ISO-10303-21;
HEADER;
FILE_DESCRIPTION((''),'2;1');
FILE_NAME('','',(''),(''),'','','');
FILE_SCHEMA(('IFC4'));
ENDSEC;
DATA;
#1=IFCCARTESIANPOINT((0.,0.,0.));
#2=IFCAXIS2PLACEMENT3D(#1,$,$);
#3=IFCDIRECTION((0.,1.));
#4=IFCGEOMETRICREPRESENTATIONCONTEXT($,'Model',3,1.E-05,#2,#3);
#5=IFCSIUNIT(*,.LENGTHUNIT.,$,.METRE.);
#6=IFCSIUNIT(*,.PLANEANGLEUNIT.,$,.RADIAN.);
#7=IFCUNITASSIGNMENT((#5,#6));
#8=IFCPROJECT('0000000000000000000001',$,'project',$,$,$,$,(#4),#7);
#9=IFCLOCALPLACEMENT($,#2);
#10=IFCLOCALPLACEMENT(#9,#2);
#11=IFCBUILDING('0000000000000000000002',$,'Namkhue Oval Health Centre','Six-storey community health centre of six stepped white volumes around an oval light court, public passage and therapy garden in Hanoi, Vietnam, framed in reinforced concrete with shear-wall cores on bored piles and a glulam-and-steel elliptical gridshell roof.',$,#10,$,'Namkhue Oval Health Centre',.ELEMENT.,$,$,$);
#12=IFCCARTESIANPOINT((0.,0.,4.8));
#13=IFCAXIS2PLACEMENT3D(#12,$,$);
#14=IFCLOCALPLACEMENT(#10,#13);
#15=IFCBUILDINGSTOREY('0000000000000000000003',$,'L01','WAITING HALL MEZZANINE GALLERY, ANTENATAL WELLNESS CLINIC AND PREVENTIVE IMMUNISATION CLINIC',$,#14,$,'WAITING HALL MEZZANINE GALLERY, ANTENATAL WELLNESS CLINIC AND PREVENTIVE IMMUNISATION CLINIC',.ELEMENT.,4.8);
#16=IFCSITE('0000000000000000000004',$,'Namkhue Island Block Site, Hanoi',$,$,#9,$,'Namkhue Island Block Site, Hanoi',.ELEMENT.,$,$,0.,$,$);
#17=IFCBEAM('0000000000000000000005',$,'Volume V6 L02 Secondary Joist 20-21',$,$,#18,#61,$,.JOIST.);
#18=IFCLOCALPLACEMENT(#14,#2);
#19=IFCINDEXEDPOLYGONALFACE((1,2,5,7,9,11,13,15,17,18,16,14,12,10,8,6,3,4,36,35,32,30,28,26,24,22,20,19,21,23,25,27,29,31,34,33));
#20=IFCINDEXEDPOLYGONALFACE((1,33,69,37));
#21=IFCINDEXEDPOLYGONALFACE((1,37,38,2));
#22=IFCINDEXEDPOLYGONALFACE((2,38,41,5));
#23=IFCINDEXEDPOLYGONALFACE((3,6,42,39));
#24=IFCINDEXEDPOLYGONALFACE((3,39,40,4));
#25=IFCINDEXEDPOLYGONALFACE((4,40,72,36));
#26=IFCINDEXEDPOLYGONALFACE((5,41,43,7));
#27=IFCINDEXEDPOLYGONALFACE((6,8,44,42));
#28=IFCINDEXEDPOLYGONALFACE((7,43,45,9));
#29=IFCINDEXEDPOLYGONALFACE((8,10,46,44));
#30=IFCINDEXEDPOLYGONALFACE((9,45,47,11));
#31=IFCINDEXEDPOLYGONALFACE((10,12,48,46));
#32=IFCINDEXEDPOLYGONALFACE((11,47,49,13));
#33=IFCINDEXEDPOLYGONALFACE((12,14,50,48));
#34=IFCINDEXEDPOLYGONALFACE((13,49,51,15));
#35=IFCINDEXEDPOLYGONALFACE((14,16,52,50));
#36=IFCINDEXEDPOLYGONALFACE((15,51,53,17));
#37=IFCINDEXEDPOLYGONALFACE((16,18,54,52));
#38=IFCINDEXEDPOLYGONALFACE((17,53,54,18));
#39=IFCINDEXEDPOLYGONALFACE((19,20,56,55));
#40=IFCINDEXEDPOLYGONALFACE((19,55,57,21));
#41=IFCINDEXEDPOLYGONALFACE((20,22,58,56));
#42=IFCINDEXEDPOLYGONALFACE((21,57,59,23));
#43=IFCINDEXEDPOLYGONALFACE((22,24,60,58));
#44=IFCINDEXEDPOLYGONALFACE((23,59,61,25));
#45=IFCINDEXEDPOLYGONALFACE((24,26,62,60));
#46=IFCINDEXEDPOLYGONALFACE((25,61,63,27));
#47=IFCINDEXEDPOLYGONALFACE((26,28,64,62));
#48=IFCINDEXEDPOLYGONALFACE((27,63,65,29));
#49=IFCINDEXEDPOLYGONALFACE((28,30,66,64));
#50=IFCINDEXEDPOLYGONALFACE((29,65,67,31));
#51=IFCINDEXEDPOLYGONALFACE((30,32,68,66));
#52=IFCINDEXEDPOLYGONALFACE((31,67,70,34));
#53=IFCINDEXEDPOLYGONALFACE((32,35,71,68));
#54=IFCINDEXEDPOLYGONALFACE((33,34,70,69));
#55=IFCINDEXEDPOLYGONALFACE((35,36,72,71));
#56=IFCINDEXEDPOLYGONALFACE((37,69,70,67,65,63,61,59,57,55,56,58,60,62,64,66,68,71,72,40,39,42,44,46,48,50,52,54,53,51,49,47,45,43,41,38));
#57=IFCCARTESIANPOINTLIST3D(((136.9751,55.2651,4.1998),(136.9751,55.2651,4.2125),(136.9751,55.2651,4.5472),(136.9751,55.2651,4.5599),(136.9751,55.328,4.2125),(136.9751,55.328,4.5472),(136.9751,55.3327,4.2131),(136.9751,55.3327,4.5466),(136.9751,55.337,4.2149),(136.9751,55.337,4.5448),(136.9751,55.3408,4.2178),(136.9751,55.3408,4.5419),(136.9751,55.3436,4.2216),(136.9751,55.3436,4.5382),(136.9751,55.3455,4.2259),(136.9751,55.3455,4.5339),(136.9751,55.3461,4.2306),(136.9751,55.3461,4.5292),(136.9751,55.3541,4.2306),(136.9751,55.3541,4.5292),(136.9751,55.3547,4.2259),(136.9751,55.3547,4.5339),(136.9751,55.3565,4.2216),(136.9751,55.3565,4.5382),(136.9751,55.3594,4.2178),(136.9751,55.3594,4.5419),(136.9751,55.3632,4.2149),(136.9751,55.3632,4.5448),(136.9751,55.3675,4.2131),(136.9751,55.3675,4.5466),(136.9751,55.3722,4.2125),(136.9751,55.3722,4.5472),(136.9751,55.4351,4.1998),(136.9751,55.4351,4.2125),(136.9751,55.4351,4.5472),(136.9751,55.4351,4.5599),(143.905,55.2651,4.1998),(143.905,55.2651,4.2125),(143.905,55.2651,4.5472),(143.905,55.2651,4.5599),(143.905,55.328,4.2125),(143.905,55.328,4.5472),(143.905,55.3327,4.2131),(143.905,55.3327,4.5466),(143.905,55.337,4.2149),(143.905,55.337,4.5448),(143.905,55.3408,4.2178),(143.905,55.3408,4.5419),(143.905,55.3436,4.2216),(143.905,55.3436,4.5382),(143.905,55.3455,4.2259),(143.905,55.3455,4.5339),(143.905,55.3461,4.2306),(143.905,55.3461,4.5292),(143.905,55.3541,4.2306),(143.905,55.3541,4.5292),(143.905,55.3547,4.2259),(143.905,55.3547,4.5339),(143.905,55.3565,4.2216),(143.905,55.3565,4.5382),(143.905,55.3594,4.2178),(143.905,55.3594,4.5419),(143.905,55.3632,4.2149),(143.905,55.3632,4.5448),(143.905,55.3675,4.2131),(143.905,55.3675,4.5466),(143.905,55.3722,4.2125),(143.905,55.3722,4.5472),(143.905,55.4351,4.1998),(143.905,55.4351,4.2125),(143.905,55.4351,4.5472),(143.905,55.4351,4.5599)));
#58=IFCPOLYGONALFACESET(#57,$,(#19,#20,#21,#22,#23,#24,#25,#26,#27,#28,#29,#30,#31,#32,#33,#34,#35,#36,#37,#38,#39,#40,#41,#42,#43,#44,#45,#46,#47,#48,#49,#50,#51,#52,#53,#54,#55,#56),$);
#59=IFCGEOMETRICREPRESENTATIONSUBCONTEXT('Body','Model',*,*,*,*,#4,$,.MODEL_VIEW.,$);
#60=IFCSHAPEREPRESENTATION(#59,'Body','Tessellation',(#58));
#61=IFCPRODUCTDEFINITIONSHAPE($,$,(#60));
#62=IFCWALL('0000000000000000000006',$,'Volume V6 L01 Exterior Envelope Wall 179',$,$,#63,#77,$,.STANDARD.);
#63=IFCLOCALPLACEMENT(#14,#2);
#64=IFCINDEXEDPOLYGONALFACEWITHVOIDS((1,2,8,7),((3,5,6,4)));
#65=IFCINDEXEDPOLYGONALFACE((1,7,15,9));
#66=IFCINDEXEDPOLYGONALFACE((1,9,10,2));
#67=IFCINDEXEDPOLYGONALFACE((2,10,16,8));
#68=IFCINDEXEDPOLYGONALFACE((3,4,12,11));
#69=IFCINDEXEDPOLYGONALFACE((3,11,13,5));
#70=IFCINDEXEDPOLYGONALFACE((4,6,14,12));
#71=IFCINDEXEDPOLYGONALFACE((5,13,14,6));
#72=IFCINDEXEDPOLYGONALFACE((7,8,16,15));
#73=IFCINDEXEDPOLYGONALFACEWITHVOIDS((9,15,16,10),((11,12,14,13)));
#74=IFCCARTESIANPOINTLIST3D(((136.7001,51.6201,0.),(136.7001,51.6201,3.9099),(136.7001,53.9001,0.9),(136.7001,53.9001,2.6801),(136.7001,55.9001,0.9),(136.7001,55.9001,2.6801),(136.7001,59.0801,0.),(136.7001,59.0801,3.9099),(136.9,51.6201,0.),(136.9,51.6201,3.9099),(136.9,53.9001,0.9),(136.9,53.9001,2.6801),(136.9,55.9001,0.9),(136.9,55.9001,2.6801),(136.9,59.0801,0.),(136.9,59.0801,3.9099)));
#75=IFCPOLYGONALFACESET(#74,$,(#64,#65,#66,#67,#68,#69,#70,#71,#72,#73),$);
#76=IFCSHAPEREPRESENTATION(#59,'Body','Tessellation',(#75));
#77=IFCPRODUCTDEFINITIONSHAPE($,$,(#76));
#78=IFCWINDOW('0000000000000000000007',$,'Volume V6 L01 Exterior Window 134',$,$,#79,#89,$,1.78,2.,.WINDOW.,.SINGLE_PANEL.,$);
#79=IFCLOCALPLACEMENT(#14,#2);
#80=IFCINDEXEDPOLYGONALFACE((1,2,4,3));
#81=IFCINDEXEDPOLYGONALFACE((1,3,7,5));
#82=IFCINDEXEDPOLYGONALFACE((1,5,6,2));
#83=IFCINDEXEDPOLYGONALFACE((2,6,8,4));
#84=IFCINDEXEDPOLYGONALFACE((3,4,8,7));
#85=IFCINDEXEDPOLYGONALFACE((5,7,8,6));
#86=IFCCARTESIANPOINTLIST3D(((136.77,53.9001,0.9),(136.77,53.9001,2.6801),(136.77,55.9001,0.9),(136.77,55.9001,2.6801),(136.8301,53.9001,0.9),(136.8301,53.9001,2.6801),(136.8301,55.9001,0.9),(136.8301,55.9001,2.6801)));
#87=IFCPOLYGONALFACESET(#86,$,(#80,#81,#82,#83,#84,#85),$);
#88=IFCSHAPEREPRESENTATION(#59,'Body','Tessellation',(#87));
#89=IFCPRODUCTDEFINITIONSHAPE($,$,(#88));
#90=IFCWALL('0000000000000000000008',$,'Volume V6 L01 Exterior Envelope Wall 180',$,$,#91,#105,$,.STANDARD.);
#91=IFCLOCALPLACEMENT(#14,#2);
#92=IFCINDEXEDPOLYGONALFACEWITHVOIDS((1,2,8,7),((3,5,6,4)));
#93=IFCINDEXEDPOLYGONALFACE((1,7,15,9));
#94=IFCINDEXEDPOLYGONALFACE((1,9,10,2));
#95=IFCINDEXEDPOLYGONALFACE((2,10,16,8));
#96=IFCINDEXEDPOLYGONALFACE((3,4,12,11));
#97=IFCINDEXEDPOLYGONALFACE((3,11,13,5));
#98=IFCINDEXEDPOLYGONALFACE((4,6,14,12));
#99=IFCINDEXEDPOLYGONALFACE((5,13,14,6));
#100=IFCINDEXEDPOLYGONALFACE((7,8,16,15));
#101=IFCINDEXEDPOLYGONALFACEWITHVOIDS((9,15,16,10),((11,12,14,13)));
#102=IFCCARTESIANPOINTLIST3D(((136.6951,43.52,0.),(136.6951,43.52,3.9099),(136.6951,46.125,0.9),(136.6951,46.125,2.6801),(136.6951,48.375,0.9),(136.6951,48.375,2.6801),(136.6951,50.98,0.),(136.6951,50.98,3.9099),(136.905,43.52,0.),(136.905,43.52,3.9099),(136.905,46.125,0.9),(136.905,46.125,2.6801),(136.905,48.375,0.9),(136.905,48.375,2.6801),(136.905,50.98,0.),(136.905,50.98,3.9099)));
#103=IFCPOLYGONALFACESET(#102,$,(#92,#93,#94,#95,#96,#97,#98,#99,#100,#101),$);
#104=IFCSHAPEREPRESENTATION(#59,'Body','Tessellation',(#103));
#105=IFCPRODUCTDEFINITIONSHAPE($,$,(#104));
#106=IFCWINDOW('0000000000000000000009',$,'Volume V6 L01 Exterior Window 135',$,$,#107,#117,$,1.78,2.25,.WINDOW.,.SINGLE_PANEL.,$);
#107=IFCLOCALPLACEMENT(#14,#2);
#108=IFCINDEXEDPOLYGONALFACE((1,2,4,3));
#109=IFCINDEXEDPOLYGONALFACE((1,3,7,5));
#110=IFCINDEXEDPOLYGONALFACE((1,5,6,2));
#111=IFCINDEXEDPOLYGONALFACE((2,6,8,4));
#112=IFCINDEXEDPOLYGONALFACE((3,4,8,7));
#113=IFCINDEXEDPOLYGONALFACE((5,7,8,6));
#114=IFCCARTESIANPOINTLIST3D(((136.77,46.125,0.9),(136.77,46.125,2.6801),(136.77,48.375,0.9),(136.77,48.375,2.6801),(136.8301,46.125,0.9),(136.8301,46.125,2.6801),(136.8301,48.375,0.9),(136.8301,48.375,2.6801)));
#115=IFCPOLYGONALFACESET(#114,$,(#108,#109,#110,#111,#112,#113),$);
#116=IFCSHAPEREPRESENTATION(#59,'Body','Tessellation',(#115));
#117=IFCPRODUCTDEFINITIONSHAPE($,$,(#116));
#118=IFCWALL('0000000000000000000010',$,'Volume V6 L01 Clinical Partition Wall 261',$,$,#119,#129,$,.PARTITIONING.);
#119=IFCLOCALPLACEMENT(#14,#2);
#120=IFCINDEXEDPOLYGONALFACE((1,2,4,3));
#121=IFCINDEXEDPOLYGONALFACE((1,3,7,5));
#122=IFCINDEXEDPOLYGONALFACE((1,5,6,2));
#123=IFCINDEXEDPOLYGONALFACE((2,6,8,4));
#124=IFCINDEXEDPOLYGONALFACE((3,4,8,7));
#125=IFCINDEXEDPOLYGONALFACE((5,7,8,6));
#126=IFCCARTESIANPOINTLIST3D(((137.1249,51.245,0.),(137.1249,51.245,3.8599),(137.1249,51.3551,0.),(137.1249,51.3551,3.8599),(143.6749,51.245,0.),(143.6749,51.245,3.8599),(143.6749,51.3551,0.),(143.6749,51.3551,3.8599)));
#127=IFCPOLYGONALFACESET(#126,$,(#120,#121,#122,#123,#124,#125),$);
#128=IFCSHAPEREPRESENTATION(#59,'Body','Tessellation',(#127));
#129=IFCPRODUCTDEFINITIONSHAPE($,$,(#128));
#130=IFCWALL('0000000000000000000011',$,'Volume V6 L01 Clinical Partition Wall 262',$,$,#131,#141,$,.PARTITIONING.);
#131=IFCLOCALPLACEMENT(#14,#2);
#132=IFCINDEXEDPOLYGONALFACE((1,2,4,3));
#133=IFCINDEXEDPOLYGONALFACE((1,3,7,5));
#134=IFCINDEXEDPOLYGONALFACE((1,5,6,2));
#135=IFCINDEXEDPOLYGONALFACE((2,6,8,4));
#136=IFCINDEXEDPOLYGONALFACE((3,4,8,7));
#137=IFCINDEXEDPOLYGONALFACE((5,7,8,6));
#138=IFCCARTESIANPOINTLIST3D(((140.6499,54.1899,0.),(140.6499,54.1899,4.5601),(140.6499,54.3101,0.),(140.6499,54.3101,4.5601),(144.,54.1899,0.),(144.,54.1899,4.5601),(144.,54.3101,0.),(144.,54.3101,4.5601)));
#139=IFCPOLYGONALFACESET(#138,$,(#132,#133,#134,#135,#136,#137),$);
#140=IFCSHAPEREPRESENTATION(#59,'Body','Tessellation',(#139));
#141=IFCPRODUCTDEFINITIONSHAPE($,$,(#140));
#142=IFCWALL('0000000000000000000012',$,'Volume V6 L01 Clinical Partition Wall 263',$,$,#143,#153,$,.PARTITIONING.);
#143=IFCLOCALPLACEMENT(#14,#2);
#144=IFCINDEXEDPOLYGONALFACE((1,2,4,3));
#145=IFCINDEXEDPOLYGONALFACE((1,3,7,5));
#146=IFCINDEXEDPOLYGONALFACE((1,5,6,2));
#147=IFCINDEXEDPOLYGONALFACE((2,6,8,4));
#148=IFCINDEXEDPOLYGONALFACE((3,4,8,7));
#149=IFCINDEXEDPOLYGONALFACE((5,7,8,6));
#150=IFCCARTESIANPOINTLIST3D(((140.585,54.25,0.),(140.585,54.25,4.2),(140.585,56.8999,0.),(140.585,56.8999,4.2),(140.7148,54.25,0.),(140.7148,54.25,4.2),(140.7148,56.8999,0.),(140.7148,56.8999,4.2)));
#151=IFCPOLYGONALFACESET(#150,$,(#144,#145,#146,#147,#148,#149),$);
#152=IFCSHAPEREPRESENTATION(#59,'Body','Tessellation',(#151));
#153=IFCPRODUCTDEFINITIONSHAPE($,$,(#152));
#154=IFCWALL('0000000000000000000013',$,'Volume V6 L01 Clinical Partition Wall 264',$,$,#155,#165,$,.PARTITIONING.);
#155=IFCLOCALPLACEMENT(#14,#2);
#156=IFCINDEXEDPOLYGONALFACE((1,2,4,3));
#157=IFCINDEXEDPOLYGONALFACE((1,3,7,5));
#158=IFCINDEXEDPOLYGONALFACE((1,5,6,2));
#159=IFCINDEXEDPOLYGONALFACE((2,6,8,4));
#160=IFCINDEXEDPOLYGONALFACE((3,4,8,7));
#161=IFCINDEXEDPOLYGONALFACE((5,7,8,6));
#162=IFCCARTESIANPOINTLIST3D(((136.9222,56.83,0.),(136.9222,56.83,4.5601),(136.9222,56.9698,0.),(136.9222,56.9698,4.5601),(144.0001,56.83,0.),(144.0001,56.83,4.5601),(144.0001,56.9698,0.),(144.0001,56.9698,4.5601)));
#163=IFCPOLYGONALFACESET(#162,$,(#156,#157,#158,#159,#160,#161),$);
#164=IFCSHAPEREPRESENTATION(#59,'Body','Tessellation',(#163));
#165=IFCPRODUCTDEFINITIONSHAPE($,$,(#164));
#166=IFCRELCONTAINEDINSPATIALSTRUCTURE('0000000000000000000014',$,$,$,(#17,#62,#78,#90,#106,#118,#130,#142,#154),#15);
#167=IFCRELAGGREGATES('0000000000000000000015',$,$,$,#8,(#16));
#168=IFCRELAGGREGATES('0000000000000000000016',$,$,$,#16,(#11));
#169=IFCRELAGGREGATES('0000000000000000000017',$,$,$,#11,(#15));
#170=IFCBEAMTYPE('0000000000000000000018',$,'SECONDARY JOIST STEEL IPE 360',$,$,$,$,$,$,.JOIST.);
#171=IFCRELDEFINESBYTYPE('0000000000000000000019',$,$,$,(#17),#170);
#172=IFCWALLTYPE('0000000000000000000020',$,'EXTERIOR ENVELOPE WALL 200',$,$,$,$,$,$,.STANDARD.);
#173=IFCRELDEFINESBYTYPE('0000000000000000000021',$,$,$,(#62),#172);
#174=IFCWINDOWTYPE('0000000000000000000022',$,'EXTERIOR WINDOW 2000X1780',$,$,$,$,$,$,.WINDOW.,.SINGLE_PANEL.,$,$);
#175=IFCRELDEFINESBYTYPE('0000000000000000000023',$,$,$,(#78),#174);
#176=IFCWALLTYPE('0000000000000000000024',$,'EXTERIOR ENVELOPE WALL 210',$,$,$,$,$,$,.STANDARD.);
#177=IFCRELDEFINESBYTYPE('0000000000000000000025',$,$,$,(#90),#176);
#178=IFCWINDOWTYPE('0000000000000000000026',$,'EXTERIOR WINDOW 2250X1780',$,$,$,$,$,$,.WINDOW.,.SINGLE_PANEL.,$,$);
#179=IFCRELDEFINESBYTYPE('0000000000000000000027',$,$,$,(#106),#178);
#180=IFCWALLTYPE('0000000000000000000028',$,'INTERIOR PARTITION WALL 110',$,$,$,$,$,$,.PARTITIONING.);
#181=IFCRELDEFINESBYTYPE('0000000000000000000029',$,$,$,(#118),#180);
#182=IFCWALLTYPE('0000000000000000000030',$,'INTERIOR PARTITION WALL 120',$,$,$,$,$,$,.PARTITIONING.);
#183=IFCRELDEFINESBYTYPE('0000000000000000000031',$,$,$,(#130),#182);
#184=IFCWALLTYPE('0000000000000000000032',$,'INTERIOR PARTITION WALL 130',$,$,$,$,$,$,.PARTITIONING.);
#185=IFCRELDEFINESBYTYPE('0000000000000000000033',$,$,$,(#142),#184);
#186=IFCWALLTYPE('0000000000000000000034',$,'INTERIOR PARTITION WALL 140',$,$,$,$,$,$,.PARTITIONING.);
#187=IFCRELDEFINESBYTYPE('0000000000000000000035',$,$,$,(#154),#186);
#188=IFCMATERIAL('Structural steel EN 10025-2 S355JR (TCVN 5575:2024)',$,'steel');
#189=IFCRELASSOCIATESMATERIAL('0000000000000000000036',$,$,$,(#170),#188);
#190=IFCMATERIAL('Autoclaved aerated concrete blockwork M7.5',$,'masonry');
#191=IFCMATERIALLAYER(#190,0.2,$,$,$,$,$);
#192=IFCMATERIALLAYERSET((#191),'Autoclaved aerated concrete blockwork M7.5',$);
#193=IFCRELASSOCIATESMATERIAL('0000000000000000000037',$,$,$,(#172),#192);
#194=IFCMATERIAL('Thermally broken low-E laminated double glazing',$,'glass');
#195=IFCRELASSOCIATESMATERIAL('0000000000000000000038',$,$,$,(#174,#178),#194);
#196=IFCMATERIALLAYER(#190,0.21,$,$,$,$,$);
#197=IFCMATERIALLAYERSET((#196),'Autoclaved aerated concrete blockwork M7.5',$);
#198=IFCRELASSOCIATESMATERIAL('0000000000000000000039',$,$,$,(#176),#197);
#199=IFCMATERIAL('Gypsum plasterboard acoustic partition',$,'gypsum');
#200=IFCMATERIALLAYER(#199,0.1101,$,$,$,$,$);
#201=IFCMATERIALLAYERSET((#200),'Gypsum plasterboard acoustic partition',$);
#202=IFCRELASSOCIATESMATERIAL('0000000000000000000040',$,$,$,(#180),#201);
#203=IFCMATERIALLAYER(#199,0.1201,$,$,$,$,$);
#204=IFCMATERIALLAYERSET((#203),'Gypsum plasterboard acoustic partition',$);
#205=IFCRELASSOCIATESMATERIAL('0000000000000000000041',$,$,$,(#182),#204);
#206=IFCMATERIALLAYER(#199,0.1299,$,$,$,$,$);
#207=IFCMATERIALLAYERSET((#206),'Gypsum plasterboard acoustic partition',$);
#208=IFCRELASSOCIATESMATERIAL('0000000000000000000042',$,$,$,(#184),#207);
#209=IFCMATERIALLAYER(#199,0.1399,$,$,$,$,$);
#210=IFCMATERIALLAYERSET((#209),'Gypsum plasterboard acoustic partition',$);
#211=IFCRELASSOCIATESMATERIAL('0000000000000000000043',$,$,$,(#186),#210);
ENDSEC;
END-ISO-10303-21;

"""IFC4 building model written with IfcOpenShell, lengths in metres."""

from ifc_helpers import new_model, si_unit, direction, frame, frame_2d, origin, origin_2d, place, context, subcontext, project, spatial, rectangle, i_section, extrude, material, layer, layer_set, material_profile, profile_set, type_object, element, fill, save


model = new_model("IFC4")

# Units and contexts
model_context = context("Model", 3, precision=1e-05, world=origin(), true_north=direction((0.0, 1.0)))
body_context = subcontext(model_context, "Body", "Model", "MODEL_VIEW")
ifc_project = project(units=[si_unit("LENGTHUNIT", "METRE"), si_unit("PLANEANGLEUNIT", "RADIAN")], contexts=[model_context])

# Site, building, storey
site_placement = place(None, origin())
site = spatial("IfcSite", under=ifc_project, at=site_placement, Name="Namkhue Island Block Site, Hanoi", LongName="Namkhue Island Block Site, Hanoi", CompositionType="ELEMENT", RefElevation=0.0)
building_placement = place(site_placement, origin())
building = spatial("IfcBuilding", under=site, at=building_placement, Name="Namkhue Oval Health Centre", Description="Six-storey community health centre of six stepped white volumes around an oval light court, public passage and therapy garden in Hanoi, Vietnam, framed in reinforced concrete with shear-wall cores on bored piles and a glulam-and-steel elliptical gridshell roof.", LongName="Namkhue Oval Health Centre", CompositionType="ELEMENT")
storey_placement = place(building_placement, frame((0.0, 0.0, 4.8)))
storey = spatial("IfcBuildingStorey", under=building, at=storey_placement, Name="L01", Description="WAITING HALL MEZZANINE GALLERY, ANTENATAL WELLNESS CLINIC AND PREVENTIVE IMMUNISATION CLINIC", LongName="WAITING HALL MEZZANINE GALLERY, ANTENATAL WELLNESS CLINIC AND PREVENTIVE IMMUNISATION CLINIC", CompositionType="ELEMENT", Elevation=4.8)

# Beam
ifc_material_1 = material(Name="Structural steel EN 10025-2 S355JR (TCVN 5575:2024)", Category="steel")
ifc_material_profile_1 = material_profile(ifc_material_1, i_section(OverallWidth=0.1699, OverallDepth=0.3601, WebThickness=0.0081, FlangeThickness=0.0127, FilletRadius=0.0181, at=origin_2d()), Name="IPE 360")
ifc_profile_set_1 = profile_set([ifc_material_profile_1], Name="Structural steel EN 10025-2 S355JR (TCVN 5575:2024)")
beam_type_1 = type_object("IfcBeamType", Name="SECONDARY JOIST STEEL IPE 360", PredefinedType="JOIST", material=ifc_profile_set_1)
for number, where, z_axis, x_axis, name in (
    (1, (136.9751, 55.3501, 4.3799), (1.0, 0.0, 0.0), (0.0, 1.0, 0.0), "Volume V6 L02 Secondary Joist 20-21"),
):
    element("IfcBeam", number, at=place(storey_placement, frame(where, z_axis=z_axis, x_axis=x_axis)), inside=storey, type_object=beam_type_1, Name=name, PredefinedType="JOIST", context=body_context, shape_type="SweptSolid", body=[
        extrude(i_section(OverallWidth=0.1699, OverallDepth=0.3601, WebThickness=0.0081, FlangeThickness=0.0127, FilletRadius=0.0181, at=origin_2d()), origin(), (0.0, 0.0, 1.0), 6.9299),
    ])

# Walls, openings, windows
ifc_material_2 = material(Name="Autoclaved aerated concrete blockwork M7.5", Category="masonry")
ifc_layer_1 = layer(ifc_material_2, 0.2)
ifc_layer_set_1 = layer_set([ifc_layer_1], Name="Autoclaved aerated concrete blockwork M7.5")
wall_type_1 = type_object("IfcWallType", Name="EXTERIOR ENVELOPE WALL 200", PredefinedType="STANDARD", material=ifc_layer_set_1)
wall_1_placement = place(storey_placement, frame((136.8, 59.0801, 0.0), z_axis=(0.0, 0.0, 1.0), x_axis=(0.0, -1.0, 0.0)))
wall_1 = element("IfcWall", 2, at=wall_1_placement, inside=storey, type_object=wall_type_1, Name="Volume V6 L01 Exterior Envelope Wall 179", PredefinedType="STANDARD", context=body_context, shape_type="SweptSolid", body=[
    extrude(rectangle(XDim=7.46, YDim=0.2, at=frame_2d((3.73, 0.0))), origin(), (0.0, 0.0, 1.0), 3.9099),
])
opening_1_placement = place(wall_1_placement, frame((3.1799, 0.0, 0.8999)))
opening_1 = element("IfcOpeningElement", 3, at=opening_1_placement, cuts=wall_1, PredefinedType="OPENING", context=body_context, shape_type="SweptSolid", body=[
    extrude(rectangle(XDim=2.0, YDim=1.78, at=frame_2d((1.0, 0.8901))), frame((0.0, 0.1099, 0.0), z_axis=(0.0, -1.0, 0.0), x_axis=(1.0, 0.0, 0.0)), (0.0, 0.0, 1.0), 0.22),
])
ifc_material_3 = material(Name="Thermally broken low-E laminated double glazing", Category="glass")
window_type_1 = type_object("IfcWindowType", Name="EXTERIOR WINDOW 2000X1780", PartitioningType="SINGLE_PANEL", PredefinedType="WINDOW", material=ifc_material_3)
window_1_placement = place(opening_1_placement, origin())
window_1 = element("IfcWindow", 4, at=window_1_placement, inside=storey, type_object=window_type_1, Name="Volume V6 L01 Exterior Window 134", OverallHeight=1.78, OverallWidth=2.0, PartitioningType="SINGLE_PANEL", PredefinedType="WINDOW", context=body_context, shape_type="SweptSolid", body=[
    extrude(rectangle(XDim=2.0, YDim=1.78, at=frame_2d((1.0, 0.8901))), frame((0.0, 0.03, 0.0), z_axis=(0.0, -1.0, 0.0), x_axis=(1.0, 0.0, 0.0)), (0.0, 0.0, 1.0), 0.0601),
])
fill(opening_1, window_1)
ifc_layer_2 = layer(ifc_material_2, 0.21)
ifc_layer_set_2 = layer_set([ifc_layer_2], Name="Autoclaved aerated concrete blockwork M7.5")
wall_type_2 = type_object("IfcWallType", Name="EXTERIOR ENVELOPE WALL 210", PredefinedType="STANDARD", material=ifc_layer_set_2)
wall_2_placement = place(storey_placement, frame((136.8, 50.98, 0.0), z_axis=(0.0, 0.0, 1.0), x_axis=(0.0, -1.0, 0.0)))
wall_2 = element("IfcWall", 5, at=wall_2_placement, inside=storey, type_object=wall_type_2, Name="Volume V6 L01 Exterior Envelope Wall 180", PredefinedType="STANDARD", context=body_context, shape_type="SweptSolid", body=[
    extrude(rectangle(XDim=7.46, YDim=0.21, at=frame_2d((3.73, 0.0))), origin(), (0.0, 0.0, 1.0), 3.9099),
])
opening_2_placement = place(wall_2_placement, frame((2.605, 0.0, 0.8999)))
opening_2 = element("IfcOpeningElement", 6, at=opening_2_placement, cuts=wall_2, PredefinedType="OPENING", context=body_context, shape_type="SweptSolid", body=[
    extrude(rectangle(XDim=2.25, YDim=1.78, at=frame_2d((1.125, 0.8901))), frame((0.0, 0.115, 0.0), z_axis=(0.0, -1.0, 0.0), x_axis=(1.0, 0.0, 0.0)), (0.0, 0.0, 1.0), 0.23),
])
window_type_2 = type_object("IfcWindowType", Name="EXTERIOR WINDOW 2250X1780", PartitioningType="SINGLE_PANEL", PredefinedType="WINDOW", material=ifc_material_3)
window_2_placement = place(opening_2_placement, origin())
window_2 = element("IfcWindow", 7, at=window_2_placement, inside=storey, type_object=window_type_2, Name="Volume V6 L01 Exterior Window 135", OverallHeight=1.78, OverallWidth=2.25, PartitioningType="SINGLE_PANEL", PredefinedType="WINDOW", context=body_context, shape_type="SweptSolid", body=[
    extrude(rectangle(XDim=2.25, YDim=1.78, at=frame_2d((1.125, 0.8901))), frame((0.0, 0.03, 0.0), z_axis=(0.0, -1.0, 0.0), x_axis=(1.0, 0.0, 0.0)), (0.0, 0.0, 1.0), 0.0601),
])
fill(opening_2, window_2)

# Walls
ifc_material_4 = material(Name="Gypsum plasterboard acoustic partition", Category="gypsum")
ifc_layer_3 = layer(ifc_material_4, 0.1101)
ifc_layer_set_3 = layer_set([ifc_layer_3], Name="Gypsum plasterboard acoustic partition")
wall_type_3 = type_object("IfcWallType", Name="INTERIOR PARTITION WALL 110", PredefinedType="PARTITIONING", material=ifc_layer_set_3)
wall_3_placement = place(storey_placement, frame((137.125, 51.3, 0.0), z_axis=(0.0, 0.0, 1.0), x_axis=(1.0, 0.0, 0.0)))
element("IfcWall", 8, at=wall_3_placement, inside=storey, type_object=wall_type_3, Name="Volume V6 L01 Clinical Partition Wall 261", PredefinedType="PARTITIONING", context=body_context, shape_type="SweptSolid", body=[
    extrude(rectangle(XDim=6.55, YDim=0.1101, at=frame_2d((3.2749, 0.0))), origin(), (0.0, 0.0, 1.0), 3.8599),
])
ifc_layer_4 = layer(ifc_material_4, 0.1201)
ifc_layer_set_4 = layer_set([ifc_layer_4], Name="Gypsum plasterboard acoustic partition")
wall_type_4 = type_object("IfcWallType", Name="INTERIOR PARTITION WALL 120", PredefinedType="PARTITIONING", material=ifc_layer_set_4)
wall_4_placement = place(storey_placement, frame((140.6499, 54.25, 0.0), z_axis=(0.0, 0.0, 1.0), x_axis=(1.0, 0.0, 0.0)))
element("IfcWall", 9, at=wall_4_placement, inside=storey, type_object=wall_type_4, Name="Volume V6 L01 Clinical Partition Wall 262", PredefinedType="PARTITIONING", context=body_context, shape_type="SweptSolid", body=[
    extrude(rectangle(XDim=3.3501, YDim=0.1201, at=frame_2d((1.675, 0.0))), origin(), (0.0, 0.0, 1.0), 4.5601),
])
ifc_layer_5 = layer(ifc_material_4, 0.1299)
ifc_layer_set_5 = layer_set([ifc_layer_5], Name="Gypsum plasterboard acoustic partition")
wall_type_5 = type_object("IfcWallType", Name="INTERIOR PARTITION WALL 130", PredefinedType="PARTITIONING", material=ifc_layer_set_5)
wall_5_placement = place(storey_placement, frame((140.6499, 54.25, 0.0), z_axis=(0.0, 0.0, 1.0), x_axis=(0.0, 1.0, 0.0)))
element("IfcWall", 10, at=wall_5_placement, inside=storey, type_object=wall_type_5, Name="Volume V6 L01 Clinical Partition Wall 263", PredefinedType="PARTITIONING", context=body_context, shape_type="SweptSolid", body=[
    extrude(rectangle(XDim=2.6499, YDim=0.1299, at=frame_2d((1.325, 0.0))), origin(), (0.0, 0.0, 1.0), 4.2),
])
ifc_layer_6 = layer(ifc_material_4, 0.1399)
ifc_layer_set_6 = layer_set([ifc_layer_6], Name="Gypsum plasterboard acoustic partition")
wall_type_6 = type_object("IfcWallType", Name="INTERIOR PARTITION WALL 140", PredefinedType="PARTITIONING", material=ifc_layer_set_6)
wall_6_placement = place(storey_placement, frame((136.9221, 56.8999, 0.0), z_axis=(0.0, 0.0, 1.0), x_axis=(1.0, 0.0, 0.0)))
element("IfcWall", 11, at=wall_6_placement, inside=storey, type_object=wall_type_6, Name="Volume V6 L01 Clinical Partition Wall 264", PredefinedType="PARTITIONING", context=body_context, shape_type="SweptSolid", body=[
    extrude(rectangle(XDim=7.0779, YDim=0.1399, at=frame_2d((3.5391, 0.0))), origin(), (0.0, 0.0, 1.0), 4.5601),
])

save(model, "model.ifc")
